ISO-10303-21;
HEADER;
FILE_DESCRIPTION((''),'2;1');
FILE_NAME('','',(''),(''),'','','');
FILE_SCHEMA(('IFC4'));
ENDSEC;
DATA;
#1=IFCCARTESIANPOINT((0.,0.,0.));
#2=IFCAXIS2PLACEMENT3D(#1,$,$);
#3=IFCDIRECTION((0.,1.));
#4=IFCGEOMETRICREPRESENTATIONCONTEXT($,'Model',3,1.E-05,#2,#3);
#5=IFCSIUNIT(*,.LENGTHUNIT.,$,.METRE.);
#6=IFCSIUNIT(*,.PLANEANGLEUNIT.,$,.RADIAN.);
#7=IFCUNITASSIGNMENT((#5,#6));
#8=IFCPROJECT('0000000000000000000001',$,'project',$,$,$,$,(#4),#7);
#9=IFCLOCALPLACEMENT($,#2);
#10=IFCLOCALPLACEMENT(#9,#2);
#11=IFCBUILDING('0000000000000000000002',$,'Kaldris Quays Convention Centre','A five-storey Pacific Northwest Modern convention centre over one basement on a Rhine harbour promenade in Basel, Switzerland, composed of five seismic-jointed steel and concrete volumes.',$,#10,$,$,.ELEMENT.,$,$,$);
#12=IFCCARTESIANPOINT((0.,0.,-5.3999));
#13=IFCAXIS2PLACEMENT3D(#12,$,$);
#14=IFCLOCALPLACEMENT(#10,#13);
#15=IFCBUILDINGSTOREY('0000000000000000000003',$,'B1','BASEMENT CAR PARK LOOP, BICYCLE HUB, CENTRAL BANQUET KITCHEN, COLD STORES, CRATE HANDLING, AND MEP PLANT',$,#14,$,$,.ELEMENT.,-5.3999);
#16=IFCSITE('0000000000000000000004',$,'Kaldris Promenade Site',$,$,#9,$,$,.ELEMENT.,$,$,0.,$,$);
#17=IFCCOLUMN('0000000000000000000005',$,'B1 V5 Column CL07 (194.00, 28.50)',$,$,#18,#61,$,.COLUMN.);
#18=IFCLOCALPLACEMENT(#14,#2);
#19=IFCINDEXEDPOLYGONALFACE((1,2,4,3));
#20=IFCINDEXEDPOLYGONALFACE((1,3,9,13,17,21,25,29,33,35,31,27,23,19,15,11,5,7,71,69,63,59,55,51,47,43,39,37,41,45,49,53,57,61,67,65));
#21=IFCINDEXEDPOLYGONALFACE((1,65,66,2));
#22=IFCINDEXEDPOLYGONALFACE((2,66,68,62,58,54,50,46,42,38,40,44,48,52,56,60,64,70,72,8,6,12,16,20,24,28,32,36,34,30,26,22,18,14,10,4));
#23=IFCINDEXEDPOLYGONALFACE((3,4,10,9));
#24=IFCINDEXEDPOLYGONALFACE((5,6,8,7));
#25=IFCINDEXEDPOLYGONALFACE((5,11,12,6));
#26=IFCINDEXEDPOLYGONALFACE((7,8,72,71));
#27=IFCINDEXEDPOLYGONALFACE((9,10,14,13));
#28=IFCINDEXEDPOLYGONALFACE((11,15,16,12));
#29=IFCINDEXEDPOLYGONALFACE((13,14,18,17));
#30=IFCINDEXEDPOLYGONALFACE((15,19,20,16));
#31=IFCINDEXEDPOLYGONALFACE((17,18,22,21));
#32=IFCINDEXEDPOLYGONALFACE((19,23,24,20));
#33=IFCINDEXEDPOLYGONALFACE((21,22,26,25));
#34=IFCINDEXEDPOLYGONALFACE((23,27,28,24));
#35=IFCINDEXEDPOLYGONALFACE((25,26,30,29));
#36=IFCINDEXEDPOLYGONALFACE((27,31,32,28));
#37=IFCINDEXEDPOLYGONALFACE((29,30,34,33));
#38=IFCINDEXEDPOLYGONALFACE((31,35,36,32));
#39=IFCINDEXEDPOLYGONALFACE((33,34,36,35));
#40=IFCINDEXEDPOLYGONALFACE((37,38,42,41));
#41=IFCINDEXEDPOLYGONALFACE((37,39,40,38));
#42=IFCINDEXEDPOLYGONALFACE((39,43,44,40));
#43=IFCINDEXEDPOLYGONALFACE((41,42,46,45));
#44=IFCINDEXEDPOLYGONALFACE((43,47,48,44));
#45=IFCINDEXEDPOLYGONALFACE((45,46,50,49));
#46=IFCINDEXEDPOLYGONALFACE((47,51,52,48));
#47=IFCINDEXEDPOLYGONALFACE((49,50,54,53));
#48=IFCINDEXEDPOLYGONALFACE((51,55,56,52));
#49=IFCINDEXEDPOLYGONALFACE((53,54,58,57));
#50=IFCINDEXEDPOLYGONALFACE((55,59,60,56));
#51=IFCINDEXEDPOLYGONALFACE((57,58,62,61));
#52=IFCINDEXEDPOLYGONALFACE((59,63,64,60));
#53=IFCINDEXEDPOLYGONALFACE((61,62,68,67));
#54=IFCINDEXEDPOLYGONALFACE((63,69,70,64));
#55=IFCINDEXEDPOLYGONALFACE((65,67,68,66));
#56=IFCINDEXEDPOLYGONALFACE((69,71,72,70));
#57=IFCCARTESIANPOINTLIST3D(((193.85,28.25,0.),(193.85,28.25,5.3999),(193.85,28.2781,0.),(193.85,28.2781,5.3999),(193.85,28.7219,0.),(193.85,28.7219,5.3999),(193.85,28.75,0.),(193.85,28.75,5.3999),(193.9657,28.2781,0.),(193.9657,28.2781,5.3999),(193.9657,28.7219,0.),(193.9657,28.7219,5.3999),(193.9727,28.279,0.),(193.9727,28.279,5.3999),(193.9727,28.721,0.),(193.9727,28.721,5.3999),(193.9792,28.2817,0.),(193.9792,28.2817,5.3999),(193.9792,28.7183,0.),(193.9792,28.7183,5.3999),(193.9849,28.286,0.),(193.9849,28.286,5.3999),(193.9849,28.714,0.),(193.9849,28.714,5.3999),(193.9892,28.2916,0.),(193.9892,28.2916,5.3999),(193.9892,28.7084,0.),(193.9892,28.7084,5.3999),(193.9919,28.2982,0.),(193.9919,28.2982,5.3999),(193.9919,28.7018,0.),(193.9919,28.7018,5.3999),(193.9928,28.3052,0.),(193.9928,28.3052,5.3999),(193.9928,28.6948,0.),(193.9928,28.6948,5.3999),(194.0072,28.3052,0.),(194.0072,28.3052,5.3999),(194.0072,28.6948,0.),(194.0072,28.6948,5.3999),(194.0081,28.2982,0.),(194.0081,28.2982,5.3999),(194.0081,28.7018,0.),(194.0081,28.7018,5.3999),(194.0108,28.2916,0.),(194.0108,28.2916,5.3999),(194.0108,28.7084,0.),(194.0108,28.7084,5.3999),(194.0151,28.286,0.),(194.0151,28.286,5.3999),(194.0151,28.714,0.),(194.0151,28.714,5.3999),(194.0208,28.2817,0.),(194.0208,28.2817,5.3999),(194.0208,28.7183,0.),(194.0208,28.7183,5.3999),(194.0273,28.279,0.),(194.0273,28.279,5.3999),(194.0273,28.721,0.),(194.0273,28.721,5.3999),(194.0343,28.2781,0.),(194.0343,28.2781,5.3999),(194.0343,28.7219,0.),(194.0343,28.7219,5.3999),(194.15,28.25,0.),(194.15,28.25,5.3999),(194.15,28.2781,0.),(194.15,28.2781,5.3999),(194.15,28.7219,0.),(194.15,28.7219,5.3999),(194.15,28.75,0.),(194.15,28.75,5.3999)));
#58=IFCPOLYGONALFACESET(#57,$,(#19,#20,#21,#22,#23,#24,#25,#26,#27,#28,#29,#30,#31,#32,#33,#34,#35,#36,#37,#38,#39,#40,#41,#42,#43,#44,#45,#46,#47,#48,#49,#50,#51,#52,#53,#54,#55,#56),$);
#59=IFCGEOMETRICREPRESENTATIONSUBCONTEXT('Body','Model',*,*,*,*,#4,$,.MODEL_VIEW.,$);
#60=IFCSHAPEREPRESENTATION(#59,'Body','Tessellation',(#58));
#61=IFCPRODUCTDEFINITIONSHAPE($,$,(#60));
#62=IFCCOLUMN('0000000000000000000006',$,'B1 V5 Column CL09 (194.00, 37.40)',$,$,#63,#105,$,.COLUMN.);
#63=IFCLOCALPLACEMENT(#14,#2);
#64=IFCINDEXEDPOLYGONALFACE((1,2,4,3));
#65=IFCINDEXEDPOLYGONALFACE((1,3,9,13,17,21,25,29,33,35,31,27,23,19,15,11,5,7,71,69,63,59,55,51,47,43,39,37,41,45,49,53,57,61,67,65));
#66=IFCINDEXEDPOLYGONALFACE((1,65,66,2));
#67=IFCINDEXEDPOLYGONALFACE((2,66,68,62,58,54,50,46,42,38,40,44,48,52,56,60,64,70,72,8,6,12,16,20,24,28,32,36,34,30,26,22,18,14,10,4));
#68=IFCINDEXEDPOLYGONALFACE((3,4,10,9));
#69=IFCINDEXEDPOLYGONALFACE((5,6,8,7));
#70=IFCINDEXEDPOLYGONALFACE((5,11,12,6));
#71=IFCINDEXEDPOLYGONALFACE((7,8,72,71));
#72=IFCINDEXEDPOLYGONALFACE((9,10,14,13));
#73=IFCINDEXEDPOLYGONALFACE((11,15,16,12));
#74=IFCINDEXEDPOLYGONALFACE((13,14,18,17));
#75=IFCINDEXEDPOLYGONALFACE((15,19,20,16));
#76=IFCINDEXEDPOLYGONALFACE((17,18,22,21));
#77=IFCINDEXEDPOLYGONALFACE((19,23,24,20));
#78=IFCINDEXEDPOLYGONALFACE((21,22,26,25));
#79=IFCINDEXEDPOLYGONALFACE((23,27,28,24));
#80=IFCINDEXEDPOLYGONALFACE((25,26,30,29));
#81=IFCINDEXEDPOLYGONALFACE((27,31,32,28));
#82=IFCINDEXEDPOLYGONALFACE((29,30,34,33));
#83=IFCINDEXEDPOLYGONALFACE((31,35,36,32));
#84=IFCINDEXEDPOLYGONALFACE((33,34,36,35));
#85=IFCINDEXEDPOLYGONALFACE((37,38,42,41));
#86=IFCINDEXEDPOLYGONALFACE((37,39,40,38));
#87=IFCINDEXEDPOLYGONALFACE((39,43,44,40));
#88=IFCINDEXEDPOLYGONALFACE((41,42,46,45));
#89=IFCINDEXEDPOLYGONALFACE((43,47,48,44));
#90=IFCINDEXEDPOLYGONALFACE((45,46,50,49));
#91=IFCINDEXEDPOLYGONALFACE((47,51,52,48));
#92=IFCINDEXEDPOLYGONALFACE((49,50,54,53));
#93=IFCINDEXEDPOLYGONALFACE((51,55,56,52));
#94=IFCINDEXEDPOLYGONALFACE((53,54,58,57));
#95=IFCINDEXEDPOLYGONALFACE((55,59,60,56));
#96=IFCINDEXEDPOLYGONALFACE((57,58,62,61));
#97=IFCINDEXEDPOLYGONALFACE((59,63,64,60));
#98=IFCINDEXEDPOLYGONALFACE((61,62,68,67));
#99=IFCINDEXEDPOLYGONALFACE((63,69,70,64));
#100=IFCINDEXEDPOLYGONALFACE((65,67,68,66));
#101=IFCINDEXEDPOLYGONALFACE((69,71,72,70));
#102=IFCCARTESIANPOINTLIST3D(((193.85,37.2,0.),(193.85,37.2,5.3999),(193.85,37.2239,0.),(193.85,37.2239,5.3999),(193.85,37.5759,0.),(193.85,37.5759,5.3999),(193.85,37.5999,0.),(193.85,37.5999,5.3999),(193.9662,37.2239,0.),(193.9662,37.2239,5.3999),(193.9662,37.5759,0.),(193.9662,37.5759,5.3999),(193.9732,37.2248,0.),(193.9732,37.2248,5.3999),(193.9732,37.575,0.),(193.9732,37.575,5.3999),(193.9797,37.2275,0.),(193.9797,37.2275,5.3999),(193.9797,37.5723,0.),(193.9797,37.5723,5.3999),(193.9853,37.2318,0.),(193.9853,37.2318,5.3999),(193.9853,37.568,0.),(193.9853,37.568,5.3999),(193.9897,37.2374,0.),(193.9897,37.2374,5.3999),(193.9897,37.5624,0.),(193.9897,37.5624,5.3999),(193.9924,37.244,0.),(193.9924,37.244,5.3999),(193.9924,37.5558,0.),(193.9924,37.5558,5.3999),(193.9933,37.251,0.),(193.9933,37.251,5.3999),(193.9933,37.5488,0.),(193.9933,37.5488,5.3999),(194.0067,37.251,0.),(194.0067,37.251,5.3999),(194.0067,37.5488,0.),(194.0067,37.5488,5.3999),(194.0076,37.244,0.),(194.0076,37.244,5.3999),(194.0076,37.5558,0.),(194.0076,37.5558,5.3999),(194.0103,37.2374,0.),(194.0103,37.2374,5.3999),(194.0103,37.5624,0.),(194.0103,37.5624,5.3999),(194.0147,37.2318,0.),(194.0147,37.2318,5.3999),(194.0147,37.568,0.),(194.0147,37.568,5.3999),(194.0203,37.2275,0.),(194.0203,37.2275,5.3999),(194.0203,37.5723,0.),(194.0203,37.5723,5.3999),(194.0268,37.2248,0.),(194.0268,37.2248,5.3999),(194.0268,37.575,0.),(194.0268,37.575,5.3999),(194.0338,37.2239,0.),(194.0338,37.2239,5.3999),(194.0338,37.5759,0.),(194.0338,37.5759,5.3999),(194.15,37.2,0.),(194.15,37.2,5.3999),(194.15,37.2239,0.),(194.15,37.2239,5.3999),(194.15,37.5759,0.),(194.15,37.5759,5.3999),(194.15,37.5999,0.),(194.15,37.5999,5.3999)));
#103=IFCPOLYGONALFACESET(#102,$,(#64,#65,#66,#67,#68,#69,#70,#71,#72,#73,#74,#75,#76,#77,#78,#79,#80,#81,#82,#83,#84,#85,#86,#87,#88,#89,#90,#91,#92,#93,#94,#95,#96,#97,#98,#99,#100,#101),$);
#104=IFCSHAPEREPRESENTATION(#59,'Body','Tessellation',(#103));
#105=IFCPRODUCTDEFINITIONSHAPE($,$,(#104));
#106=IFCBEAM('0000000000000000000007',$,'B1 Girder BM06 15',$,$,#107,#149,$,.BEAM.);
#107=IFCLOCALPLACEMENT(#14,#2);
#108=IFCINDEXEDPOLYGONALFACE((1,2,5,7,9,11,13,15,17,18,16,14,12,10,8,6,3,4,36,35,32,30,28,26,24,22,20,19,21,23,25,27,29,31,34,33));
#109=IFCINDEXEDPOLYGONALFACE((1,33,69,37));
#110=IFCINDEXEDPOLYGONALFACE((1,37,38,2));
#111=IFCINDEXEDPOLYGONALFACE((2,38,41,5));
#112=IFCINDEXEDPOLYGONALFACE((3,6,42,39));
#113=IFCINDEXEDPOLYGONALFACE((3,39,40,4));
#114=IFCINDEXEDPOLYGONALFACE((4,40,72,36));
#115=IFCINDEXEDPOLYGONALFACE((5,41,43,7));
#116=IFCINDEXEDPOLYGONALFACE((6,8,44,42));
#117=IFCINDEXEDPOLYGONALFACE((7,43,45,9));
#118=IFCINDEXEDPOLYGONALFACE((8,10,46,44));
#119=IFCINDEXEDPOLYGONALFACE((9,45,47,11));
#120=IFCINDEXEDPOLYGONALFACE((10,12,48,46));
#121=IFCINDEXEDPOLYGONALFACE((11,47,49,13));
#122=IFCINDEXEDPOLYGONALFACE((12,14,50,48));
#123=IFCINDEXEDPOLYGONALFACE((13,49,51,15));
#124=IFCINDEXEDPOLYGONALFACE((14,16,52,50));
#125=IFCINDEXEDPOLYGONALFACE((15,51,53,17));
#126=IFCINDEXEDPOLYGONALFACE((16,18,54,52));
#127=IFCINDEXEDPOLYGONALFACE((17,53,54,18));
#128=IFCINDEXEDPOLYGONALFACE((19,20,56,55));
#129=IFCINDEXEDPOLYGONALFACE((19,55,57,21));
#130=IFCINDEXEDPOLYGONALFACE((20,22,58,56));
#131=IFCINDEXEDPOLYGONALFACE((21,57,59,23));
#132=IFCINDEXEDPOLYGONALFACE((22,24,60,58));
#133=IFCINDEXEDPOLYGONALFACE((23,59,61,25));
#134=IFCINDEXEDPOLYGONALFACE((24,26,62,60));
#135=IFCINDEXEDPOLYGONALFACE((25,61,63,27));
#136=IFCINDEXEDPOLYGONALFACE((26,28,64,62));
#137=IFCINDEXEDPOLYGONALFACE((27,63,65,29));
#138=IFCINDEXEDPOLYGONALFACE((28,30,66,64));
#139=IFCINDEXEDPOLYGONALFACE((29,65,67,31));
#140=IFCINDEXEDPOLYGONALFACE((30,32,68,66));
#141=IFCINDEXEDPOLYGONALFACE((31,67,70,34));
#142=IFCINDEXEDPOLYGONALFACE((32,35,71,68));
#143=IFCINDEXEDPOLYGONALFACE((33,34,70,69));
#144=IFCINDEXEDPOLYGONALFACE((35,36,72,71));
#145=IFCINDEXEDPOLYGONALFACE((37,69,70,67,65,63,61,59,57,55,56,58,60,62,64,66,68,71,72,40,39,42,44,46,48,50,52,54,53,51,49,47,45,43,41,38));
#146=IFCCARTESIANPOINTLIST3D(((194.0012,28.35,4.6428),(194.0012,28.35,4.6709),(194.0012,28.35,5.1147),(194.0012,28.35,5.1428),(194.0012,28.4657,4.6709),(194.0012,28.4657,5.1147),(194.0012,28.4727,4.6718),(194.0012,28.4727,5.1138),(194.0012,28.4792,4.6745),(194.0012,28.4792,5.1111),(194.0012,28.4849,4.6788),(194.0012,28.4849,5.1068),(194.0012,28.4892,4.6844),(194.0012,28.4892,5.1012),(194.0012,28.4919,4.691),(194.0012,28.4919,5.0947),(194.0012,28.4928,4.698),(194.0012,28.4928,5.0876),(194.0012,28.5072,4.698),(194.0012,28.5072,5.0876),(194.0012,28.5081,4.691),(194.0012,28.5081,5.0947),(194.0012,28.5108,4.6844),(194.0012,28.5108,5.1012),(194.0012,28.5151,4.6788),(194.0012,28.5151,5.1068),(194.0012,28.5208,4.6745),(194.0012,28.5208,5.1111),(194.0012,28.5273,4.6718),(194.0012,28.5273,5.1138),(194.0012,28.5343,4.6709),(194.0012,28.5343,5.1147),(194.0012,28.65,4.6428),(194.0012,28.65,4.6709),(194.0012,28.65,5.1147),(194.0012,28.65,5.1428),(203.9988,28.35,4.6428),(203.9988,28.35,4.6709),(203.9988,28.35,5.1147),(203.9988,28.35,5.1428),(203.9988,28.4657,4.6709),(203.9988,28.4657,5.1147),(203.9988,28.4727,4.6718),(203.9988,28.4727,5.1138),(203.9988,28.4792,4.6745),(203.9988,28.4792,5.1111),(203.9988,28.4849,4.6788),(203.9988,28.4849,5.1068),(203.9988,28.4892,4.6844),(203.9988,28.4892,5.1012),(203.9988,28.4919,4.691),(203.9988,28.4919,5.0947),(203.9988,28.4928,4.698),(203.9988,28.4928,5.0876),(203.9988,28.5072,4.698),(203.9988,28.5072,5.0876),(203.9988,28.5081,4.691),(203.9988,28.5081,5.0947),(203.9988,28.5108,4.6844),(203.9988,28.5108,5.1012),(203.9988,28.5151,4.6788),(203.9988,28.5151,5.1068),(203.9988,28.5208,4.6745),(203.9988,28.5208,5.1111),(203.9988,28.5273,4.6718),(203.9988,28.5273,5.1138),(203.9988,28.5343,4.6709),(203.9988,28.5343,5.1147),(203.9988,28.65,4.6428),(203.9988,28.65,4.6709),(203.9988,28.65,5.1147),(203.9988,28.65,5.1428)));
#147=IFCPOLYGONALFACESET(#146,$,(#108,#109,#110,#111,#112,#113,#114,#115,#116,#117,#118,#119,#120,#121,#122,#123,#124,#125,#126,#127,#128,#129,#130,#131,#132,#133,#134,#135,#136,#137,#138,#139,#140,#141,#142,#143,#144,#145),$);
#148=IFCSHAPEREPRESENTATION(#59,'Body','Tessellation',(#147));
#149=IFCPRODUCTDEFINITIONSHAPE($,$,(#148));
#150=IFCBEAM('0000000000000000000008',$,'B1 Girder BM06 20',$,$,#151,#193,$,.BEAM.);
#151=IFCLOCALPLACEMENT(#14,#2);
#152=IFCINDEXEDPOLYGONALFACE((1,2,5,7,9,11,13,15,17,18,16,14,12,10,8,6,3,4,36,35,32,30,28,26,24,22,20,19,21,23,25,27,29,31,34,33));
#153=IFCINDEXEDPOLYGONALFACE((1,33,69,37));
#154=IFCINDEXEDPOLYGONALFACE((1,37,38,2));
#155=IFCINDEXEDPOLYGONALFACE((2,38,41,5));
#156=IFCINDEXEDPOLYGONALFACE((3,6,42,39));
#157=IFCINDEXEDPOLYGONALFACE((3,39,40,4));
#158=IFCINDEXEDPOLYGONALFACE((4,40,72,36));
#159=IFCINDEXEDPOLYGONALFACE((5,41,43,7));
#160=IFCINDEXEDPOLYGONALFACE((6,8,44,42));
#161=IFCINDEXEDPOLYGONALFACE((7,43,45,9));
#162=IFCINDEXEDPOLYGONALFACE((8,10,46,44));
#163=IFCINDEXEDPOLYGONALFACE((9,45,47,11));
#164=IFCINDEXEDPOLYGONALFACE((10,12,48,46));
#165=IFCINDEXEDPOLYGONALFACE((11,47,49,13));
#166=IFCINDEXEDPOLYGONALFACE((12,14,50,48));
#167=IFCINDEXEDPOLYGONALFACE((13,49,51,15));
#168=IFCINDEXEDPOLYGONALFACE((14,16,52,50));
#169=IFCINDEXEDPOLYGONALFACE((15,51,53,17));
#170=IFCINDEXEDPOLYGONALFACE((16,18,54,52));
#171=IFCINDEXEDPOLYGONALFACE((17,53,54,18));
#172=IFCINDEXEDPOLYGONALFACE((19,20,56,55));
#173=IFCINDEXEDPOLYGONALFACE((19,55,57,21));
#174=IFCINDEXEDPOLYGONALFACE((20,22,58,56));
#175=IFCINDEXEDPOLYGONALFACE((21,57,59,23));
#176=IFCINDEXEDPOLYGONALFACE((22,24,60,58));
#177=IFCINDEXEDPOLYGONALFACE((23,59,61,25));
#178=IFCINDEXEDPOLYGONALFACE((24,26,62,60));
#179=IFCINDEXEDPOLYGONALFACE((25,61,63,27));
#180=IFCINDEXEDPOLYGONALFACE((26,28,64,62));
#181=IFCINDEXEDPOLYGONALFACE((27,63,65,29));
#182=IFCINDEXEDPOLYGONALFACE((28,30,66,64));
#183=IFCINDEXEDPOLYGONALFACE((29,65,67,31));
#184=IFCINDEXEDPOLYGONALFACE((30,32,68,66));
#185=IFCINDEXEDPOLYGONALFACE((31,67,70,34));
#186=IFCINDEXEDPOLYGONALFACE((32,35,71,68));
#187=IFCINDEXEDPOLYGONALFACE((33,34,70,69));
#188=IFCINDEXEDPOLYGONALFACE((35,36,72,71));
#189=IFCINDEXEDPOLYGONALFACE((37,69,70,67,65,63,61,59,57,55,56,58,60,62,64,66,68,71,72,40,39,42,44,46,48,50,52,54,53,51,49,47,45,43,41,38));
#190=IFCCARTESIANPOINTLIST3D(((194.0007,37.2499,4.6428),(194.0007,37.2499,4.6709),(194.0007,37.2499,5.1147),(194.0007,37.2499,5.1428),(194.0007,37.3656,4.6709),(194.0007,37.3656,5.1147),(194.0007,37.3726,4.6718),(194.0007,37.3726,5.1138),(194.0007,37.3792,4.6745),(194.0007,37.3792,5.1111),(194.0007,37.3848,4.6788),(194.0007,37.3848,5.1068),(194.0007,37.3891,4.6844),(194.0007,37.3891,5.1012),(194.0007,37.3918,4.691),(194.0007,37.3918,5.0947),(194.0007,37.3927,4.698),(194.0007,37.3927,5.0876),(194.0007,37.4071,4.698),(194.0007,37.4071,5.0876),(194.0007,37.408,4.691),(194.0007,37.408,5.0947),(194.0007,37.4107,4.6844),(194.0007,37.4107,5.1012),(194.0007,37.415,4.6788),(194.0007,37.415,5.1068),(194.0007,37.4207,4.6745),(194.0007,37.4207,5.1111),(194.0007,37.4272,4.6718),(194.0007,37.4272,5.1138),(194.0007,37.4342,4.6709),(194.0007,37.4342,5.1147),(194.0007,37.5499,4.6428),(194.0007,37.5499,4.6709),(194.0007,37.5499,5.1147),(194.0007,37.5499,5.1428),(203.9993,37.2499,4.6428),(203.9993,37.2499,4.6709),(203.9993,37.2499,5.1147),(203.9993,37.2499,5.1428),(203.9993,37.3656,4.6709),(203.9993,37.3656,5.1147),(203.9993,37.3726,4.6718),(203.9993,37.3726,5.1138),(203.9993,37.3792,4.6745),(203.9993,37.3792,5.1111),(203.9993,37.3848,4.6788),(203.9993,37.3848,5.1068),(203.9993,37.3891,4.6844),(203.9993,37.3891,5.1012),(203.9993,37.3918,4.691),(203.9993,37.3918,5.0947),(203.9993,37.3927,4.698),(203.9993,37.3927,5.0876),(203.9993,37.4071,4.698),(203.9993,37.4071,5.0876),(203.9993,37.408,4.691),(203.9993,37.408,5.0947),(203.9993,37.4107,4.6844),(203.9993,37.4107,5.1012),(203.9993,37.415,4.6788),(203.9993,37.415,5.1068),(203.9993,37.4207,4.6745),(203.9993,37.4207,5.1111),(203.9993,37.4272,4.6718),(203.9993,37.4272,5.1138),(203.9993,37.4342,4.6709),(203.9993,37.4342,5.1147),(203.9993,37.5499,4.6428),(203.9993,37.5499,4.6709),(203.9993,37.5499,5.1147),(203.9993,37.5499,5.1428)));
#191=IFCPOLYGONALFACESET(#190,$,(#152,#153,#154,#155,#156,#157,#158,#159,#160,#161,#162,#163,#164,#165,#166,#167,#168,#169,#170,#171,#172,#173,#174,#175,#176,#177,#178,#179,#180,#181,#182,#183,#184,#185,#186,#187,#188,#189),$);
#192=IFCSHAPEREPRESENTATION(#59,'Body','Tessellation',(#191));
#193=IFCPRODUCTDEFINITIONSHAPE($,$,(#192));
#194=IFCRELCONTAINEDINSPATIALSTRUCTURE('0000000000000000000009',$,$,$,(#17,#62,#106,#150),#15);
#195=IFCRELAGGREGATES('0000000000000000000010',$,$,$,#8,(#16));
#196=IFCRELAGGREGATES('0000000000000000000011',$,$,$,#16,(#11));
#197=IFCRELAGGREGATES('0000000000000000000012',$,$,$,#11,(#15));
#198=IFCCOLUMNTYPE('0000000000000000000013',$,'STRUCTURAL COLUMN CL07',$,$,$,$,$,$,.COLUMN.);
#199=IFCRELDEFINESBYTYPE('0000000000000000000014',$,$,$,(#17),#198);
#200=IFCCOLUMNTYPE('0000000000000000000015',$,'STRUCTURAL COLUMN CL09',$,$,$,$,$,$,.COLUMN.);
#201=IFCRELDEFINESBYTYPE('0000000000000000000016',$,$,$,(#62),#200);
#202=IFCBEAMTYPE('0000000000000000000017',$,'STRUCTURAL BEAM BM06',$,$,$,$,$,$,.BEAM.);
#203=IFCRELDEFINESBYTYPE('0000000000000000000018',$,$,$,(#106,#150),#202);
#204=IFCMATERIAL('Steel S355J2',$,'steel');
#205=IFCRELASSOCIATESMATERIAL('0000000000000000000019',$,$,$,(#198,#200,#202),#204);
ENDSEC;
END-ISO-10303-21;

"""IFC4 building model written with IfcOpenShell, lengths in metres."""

from ifc_helpers import new_model, si_unit, direction, frame, origin, origin_2d, place, context, subcontext, project, spatial, i_section, extrude, material, material_profile, profile_set, type_object, element, save


model = new_model("IFC4")

# Units and contexts
model_context = context("Model", 3, precision=1e-05, world=origin(), true_north=direction((0.0, 1.0)))
body_context = subcontext(model_context, "Body", "Model", "MODEL_VIEW")
ifc_project = project(units=[si_unit("LENGTHUNIT", "METRE"), si_unit("PLANEANGLEUNIT", "RADIAN")], contexts=[model_context])

# Site, building, storey
site_placement = place(None, origin())
site = spatial("IfcSite", under=ifc_project, at=site_placement, Name="Kaldris Promenade Site", CompositionType="ELEMENT", RefElevation=0.0)
building_placement = place(site_placement, origin())
building = spatial("IfcBuilding", under=site, at=building_placement, Name="Kaldris Quays Convention Centre", Description="A five-storey Pacific Northwest Modern convention centre over one basement on a Rhine harbour promenade in Basel, Switzerland, composed of five seismic-jointed steel and concrete volumes.", CompositionType="ELEMENT")
storey_placement = place(building_placement, frame((0.0, 0.0, -5.3999)))
storey = spatial("IfcBuildingStorey", under=building, at=storey_placement, Name="B1", Description="BASEMENT CAR PARK LOOP, BICYCLE HUB, CENTRAL BANQUET KITCHEN, COLD STORES, CRATE HANDLING, AND MEP PLANT", CompositionType="ELEMENT", Elevation=-5.3999)

# Columns
ifc_material_1 = material(Name="Steel S355J2", Category="steel")
ifc_material_profile_1 = material_profile(ifc_material_1, i_section(OverallWidth=0.3, OverallDepth=0.5, WebThickness=0.0144, FlangeThickness=0.0281, FilletRadius=0.0271, at=origin_2d()), Name="HEB 500")
ifc_profile_set_1 = profile_set([ifc_material_profile_1], Name="Steel S355J2")
column_type_1 = type_object("IfcColumnType", Name="STRUCTURAL COLUMN CL07", PredefinedType="COLUMN", material=ifc_profile_set_1)
column_1_placement = place(storey_placement, frame((194.0, 28.5, 0.0), z_axis=(0.0, 0.0, 1.0), x_axis=(1.0, 0.0, 0.0)))
element("IfcColumn", 1, at=column_1_placement, inside=storey, type_object=column_type_1, Name="B1 V5 Column CL07 (194.00, 28.50)", PredefinedType="COLUMN", context=body_context, shape_type="SweptSolid", body=[
    extrude(i_section(OverallWidth=0.3, OverallDepth=0.5, WebThickness=0.0144, FlangeThickness=0.0281, FilletRadius=0.0271, at=origin_2d()), origin(), (0.0, 0.0, 1.0), 5.3999),
])
ifc_material_profile_2 = material_profile(ifc_material_1, i_section(OverallWidth=0.3, OverallDepth=0.3999, WebThickness=0.0134, FlangeThickness=0.0239, FilletRadius=0.0271, at=origin_2d()), Name="HEB 400")
ifc_profile_set_2 = profile_set([ifc_material_profile_2], Name="Steel S355J2")
column_type_2 = type_object("IfcColumnType", Name="STRUCTURAL COLUMN CL09", PredefinedType="COLUMN", material=ifc_profile_set_2)
column_2_placement = place(storey_placement, frame((194.0, 37.3999, 0.0), z_axis=(0.0, 0.0, 1.0), x_axis=(1.0, 0.0, 0.0)))
element("IfcColumn", 2, at=column_2_placement, inside=storey, type_object=column_type_2, Name="B1 V5 Column CL09 (194.00, 37.40)", PredefinedType="COLUMN", context=body_context, shape_type="SweptSolid", body=[
    extrude(i_section(OverallWidth=0.3, OverallDepth=0.3999, WebThickness=0.0134, FlangeThickness=0.0239, FilletRadius=0.0271, at=origin_2d()), origin(), (0.0, 0.0, 1.0), 5.3999),
])

# Beams
ifc_material_profile_3 = material_profile(ifc_material_1, i_section(OverallWidth=0.3, OverallDepth=0.5, WebThickness=0.0144, FlangeThickness=0.0281, FilletRadius=0.0271, at=origin_2d()), Name="HEB 500")
ifc_profile_set_3 = profile_set([ifc_material_profile_3], Name="Steel S355J2")
beam_type_1 = type_object("IfcBeamType", Name="STRUCTURAL BEAM BM06", PredefinedType="BEAM", material=ifc_profile_set_3)
beam_1_placement = place(storey_placement, frame((194.0012, 28.5, 4.8928), z_axis=(1.0, 0.0, 0.0), x_axis=(0.0, 1.0, 0.0)))
element("IfcBeam", 3, at=beam_1_placement, inside=storey, type_object=beam_type_1, Name="B1 Girder BM06 15", PredefinedType="BEAM", context=body_context, shape_type="SweptSolid", body=[
    extrude(i_section(OverallWidth=0.3, OverallDepth=0.5, WebThickness=0.0144, FlangeThickness=0.0281, FilletRadius=0.0271, at=origin_2d()), origin(), (0.0, 0.0, 1.0), 9.9976),
])
beam_2_placement = place(storey_placement, frame((194.0007, 37.3999, 4.8928), z_axis=(1.0, 0.0, 0.0), x_axis=(0.0, 1.0, 0.0)))
element("IfcBeam", 4, at=beam_2_placement, inside=storey, type_object=beam_type_1, Name="B1 Girder BM06 20", PredefinedType="BEAM", context=body_context, shape_type="SweptSolid", body=[
    extrude(i_section(OverallWidth=0.3, OverallDepth=0.5, WebThickness=0.0144, FlangeThickness=0.0281, FilletRadius=0.0271, at=origin_2d()), origin(), (0.0, 0.0, 1.0), 9.9985),
])

save(model, "model.ifc")
